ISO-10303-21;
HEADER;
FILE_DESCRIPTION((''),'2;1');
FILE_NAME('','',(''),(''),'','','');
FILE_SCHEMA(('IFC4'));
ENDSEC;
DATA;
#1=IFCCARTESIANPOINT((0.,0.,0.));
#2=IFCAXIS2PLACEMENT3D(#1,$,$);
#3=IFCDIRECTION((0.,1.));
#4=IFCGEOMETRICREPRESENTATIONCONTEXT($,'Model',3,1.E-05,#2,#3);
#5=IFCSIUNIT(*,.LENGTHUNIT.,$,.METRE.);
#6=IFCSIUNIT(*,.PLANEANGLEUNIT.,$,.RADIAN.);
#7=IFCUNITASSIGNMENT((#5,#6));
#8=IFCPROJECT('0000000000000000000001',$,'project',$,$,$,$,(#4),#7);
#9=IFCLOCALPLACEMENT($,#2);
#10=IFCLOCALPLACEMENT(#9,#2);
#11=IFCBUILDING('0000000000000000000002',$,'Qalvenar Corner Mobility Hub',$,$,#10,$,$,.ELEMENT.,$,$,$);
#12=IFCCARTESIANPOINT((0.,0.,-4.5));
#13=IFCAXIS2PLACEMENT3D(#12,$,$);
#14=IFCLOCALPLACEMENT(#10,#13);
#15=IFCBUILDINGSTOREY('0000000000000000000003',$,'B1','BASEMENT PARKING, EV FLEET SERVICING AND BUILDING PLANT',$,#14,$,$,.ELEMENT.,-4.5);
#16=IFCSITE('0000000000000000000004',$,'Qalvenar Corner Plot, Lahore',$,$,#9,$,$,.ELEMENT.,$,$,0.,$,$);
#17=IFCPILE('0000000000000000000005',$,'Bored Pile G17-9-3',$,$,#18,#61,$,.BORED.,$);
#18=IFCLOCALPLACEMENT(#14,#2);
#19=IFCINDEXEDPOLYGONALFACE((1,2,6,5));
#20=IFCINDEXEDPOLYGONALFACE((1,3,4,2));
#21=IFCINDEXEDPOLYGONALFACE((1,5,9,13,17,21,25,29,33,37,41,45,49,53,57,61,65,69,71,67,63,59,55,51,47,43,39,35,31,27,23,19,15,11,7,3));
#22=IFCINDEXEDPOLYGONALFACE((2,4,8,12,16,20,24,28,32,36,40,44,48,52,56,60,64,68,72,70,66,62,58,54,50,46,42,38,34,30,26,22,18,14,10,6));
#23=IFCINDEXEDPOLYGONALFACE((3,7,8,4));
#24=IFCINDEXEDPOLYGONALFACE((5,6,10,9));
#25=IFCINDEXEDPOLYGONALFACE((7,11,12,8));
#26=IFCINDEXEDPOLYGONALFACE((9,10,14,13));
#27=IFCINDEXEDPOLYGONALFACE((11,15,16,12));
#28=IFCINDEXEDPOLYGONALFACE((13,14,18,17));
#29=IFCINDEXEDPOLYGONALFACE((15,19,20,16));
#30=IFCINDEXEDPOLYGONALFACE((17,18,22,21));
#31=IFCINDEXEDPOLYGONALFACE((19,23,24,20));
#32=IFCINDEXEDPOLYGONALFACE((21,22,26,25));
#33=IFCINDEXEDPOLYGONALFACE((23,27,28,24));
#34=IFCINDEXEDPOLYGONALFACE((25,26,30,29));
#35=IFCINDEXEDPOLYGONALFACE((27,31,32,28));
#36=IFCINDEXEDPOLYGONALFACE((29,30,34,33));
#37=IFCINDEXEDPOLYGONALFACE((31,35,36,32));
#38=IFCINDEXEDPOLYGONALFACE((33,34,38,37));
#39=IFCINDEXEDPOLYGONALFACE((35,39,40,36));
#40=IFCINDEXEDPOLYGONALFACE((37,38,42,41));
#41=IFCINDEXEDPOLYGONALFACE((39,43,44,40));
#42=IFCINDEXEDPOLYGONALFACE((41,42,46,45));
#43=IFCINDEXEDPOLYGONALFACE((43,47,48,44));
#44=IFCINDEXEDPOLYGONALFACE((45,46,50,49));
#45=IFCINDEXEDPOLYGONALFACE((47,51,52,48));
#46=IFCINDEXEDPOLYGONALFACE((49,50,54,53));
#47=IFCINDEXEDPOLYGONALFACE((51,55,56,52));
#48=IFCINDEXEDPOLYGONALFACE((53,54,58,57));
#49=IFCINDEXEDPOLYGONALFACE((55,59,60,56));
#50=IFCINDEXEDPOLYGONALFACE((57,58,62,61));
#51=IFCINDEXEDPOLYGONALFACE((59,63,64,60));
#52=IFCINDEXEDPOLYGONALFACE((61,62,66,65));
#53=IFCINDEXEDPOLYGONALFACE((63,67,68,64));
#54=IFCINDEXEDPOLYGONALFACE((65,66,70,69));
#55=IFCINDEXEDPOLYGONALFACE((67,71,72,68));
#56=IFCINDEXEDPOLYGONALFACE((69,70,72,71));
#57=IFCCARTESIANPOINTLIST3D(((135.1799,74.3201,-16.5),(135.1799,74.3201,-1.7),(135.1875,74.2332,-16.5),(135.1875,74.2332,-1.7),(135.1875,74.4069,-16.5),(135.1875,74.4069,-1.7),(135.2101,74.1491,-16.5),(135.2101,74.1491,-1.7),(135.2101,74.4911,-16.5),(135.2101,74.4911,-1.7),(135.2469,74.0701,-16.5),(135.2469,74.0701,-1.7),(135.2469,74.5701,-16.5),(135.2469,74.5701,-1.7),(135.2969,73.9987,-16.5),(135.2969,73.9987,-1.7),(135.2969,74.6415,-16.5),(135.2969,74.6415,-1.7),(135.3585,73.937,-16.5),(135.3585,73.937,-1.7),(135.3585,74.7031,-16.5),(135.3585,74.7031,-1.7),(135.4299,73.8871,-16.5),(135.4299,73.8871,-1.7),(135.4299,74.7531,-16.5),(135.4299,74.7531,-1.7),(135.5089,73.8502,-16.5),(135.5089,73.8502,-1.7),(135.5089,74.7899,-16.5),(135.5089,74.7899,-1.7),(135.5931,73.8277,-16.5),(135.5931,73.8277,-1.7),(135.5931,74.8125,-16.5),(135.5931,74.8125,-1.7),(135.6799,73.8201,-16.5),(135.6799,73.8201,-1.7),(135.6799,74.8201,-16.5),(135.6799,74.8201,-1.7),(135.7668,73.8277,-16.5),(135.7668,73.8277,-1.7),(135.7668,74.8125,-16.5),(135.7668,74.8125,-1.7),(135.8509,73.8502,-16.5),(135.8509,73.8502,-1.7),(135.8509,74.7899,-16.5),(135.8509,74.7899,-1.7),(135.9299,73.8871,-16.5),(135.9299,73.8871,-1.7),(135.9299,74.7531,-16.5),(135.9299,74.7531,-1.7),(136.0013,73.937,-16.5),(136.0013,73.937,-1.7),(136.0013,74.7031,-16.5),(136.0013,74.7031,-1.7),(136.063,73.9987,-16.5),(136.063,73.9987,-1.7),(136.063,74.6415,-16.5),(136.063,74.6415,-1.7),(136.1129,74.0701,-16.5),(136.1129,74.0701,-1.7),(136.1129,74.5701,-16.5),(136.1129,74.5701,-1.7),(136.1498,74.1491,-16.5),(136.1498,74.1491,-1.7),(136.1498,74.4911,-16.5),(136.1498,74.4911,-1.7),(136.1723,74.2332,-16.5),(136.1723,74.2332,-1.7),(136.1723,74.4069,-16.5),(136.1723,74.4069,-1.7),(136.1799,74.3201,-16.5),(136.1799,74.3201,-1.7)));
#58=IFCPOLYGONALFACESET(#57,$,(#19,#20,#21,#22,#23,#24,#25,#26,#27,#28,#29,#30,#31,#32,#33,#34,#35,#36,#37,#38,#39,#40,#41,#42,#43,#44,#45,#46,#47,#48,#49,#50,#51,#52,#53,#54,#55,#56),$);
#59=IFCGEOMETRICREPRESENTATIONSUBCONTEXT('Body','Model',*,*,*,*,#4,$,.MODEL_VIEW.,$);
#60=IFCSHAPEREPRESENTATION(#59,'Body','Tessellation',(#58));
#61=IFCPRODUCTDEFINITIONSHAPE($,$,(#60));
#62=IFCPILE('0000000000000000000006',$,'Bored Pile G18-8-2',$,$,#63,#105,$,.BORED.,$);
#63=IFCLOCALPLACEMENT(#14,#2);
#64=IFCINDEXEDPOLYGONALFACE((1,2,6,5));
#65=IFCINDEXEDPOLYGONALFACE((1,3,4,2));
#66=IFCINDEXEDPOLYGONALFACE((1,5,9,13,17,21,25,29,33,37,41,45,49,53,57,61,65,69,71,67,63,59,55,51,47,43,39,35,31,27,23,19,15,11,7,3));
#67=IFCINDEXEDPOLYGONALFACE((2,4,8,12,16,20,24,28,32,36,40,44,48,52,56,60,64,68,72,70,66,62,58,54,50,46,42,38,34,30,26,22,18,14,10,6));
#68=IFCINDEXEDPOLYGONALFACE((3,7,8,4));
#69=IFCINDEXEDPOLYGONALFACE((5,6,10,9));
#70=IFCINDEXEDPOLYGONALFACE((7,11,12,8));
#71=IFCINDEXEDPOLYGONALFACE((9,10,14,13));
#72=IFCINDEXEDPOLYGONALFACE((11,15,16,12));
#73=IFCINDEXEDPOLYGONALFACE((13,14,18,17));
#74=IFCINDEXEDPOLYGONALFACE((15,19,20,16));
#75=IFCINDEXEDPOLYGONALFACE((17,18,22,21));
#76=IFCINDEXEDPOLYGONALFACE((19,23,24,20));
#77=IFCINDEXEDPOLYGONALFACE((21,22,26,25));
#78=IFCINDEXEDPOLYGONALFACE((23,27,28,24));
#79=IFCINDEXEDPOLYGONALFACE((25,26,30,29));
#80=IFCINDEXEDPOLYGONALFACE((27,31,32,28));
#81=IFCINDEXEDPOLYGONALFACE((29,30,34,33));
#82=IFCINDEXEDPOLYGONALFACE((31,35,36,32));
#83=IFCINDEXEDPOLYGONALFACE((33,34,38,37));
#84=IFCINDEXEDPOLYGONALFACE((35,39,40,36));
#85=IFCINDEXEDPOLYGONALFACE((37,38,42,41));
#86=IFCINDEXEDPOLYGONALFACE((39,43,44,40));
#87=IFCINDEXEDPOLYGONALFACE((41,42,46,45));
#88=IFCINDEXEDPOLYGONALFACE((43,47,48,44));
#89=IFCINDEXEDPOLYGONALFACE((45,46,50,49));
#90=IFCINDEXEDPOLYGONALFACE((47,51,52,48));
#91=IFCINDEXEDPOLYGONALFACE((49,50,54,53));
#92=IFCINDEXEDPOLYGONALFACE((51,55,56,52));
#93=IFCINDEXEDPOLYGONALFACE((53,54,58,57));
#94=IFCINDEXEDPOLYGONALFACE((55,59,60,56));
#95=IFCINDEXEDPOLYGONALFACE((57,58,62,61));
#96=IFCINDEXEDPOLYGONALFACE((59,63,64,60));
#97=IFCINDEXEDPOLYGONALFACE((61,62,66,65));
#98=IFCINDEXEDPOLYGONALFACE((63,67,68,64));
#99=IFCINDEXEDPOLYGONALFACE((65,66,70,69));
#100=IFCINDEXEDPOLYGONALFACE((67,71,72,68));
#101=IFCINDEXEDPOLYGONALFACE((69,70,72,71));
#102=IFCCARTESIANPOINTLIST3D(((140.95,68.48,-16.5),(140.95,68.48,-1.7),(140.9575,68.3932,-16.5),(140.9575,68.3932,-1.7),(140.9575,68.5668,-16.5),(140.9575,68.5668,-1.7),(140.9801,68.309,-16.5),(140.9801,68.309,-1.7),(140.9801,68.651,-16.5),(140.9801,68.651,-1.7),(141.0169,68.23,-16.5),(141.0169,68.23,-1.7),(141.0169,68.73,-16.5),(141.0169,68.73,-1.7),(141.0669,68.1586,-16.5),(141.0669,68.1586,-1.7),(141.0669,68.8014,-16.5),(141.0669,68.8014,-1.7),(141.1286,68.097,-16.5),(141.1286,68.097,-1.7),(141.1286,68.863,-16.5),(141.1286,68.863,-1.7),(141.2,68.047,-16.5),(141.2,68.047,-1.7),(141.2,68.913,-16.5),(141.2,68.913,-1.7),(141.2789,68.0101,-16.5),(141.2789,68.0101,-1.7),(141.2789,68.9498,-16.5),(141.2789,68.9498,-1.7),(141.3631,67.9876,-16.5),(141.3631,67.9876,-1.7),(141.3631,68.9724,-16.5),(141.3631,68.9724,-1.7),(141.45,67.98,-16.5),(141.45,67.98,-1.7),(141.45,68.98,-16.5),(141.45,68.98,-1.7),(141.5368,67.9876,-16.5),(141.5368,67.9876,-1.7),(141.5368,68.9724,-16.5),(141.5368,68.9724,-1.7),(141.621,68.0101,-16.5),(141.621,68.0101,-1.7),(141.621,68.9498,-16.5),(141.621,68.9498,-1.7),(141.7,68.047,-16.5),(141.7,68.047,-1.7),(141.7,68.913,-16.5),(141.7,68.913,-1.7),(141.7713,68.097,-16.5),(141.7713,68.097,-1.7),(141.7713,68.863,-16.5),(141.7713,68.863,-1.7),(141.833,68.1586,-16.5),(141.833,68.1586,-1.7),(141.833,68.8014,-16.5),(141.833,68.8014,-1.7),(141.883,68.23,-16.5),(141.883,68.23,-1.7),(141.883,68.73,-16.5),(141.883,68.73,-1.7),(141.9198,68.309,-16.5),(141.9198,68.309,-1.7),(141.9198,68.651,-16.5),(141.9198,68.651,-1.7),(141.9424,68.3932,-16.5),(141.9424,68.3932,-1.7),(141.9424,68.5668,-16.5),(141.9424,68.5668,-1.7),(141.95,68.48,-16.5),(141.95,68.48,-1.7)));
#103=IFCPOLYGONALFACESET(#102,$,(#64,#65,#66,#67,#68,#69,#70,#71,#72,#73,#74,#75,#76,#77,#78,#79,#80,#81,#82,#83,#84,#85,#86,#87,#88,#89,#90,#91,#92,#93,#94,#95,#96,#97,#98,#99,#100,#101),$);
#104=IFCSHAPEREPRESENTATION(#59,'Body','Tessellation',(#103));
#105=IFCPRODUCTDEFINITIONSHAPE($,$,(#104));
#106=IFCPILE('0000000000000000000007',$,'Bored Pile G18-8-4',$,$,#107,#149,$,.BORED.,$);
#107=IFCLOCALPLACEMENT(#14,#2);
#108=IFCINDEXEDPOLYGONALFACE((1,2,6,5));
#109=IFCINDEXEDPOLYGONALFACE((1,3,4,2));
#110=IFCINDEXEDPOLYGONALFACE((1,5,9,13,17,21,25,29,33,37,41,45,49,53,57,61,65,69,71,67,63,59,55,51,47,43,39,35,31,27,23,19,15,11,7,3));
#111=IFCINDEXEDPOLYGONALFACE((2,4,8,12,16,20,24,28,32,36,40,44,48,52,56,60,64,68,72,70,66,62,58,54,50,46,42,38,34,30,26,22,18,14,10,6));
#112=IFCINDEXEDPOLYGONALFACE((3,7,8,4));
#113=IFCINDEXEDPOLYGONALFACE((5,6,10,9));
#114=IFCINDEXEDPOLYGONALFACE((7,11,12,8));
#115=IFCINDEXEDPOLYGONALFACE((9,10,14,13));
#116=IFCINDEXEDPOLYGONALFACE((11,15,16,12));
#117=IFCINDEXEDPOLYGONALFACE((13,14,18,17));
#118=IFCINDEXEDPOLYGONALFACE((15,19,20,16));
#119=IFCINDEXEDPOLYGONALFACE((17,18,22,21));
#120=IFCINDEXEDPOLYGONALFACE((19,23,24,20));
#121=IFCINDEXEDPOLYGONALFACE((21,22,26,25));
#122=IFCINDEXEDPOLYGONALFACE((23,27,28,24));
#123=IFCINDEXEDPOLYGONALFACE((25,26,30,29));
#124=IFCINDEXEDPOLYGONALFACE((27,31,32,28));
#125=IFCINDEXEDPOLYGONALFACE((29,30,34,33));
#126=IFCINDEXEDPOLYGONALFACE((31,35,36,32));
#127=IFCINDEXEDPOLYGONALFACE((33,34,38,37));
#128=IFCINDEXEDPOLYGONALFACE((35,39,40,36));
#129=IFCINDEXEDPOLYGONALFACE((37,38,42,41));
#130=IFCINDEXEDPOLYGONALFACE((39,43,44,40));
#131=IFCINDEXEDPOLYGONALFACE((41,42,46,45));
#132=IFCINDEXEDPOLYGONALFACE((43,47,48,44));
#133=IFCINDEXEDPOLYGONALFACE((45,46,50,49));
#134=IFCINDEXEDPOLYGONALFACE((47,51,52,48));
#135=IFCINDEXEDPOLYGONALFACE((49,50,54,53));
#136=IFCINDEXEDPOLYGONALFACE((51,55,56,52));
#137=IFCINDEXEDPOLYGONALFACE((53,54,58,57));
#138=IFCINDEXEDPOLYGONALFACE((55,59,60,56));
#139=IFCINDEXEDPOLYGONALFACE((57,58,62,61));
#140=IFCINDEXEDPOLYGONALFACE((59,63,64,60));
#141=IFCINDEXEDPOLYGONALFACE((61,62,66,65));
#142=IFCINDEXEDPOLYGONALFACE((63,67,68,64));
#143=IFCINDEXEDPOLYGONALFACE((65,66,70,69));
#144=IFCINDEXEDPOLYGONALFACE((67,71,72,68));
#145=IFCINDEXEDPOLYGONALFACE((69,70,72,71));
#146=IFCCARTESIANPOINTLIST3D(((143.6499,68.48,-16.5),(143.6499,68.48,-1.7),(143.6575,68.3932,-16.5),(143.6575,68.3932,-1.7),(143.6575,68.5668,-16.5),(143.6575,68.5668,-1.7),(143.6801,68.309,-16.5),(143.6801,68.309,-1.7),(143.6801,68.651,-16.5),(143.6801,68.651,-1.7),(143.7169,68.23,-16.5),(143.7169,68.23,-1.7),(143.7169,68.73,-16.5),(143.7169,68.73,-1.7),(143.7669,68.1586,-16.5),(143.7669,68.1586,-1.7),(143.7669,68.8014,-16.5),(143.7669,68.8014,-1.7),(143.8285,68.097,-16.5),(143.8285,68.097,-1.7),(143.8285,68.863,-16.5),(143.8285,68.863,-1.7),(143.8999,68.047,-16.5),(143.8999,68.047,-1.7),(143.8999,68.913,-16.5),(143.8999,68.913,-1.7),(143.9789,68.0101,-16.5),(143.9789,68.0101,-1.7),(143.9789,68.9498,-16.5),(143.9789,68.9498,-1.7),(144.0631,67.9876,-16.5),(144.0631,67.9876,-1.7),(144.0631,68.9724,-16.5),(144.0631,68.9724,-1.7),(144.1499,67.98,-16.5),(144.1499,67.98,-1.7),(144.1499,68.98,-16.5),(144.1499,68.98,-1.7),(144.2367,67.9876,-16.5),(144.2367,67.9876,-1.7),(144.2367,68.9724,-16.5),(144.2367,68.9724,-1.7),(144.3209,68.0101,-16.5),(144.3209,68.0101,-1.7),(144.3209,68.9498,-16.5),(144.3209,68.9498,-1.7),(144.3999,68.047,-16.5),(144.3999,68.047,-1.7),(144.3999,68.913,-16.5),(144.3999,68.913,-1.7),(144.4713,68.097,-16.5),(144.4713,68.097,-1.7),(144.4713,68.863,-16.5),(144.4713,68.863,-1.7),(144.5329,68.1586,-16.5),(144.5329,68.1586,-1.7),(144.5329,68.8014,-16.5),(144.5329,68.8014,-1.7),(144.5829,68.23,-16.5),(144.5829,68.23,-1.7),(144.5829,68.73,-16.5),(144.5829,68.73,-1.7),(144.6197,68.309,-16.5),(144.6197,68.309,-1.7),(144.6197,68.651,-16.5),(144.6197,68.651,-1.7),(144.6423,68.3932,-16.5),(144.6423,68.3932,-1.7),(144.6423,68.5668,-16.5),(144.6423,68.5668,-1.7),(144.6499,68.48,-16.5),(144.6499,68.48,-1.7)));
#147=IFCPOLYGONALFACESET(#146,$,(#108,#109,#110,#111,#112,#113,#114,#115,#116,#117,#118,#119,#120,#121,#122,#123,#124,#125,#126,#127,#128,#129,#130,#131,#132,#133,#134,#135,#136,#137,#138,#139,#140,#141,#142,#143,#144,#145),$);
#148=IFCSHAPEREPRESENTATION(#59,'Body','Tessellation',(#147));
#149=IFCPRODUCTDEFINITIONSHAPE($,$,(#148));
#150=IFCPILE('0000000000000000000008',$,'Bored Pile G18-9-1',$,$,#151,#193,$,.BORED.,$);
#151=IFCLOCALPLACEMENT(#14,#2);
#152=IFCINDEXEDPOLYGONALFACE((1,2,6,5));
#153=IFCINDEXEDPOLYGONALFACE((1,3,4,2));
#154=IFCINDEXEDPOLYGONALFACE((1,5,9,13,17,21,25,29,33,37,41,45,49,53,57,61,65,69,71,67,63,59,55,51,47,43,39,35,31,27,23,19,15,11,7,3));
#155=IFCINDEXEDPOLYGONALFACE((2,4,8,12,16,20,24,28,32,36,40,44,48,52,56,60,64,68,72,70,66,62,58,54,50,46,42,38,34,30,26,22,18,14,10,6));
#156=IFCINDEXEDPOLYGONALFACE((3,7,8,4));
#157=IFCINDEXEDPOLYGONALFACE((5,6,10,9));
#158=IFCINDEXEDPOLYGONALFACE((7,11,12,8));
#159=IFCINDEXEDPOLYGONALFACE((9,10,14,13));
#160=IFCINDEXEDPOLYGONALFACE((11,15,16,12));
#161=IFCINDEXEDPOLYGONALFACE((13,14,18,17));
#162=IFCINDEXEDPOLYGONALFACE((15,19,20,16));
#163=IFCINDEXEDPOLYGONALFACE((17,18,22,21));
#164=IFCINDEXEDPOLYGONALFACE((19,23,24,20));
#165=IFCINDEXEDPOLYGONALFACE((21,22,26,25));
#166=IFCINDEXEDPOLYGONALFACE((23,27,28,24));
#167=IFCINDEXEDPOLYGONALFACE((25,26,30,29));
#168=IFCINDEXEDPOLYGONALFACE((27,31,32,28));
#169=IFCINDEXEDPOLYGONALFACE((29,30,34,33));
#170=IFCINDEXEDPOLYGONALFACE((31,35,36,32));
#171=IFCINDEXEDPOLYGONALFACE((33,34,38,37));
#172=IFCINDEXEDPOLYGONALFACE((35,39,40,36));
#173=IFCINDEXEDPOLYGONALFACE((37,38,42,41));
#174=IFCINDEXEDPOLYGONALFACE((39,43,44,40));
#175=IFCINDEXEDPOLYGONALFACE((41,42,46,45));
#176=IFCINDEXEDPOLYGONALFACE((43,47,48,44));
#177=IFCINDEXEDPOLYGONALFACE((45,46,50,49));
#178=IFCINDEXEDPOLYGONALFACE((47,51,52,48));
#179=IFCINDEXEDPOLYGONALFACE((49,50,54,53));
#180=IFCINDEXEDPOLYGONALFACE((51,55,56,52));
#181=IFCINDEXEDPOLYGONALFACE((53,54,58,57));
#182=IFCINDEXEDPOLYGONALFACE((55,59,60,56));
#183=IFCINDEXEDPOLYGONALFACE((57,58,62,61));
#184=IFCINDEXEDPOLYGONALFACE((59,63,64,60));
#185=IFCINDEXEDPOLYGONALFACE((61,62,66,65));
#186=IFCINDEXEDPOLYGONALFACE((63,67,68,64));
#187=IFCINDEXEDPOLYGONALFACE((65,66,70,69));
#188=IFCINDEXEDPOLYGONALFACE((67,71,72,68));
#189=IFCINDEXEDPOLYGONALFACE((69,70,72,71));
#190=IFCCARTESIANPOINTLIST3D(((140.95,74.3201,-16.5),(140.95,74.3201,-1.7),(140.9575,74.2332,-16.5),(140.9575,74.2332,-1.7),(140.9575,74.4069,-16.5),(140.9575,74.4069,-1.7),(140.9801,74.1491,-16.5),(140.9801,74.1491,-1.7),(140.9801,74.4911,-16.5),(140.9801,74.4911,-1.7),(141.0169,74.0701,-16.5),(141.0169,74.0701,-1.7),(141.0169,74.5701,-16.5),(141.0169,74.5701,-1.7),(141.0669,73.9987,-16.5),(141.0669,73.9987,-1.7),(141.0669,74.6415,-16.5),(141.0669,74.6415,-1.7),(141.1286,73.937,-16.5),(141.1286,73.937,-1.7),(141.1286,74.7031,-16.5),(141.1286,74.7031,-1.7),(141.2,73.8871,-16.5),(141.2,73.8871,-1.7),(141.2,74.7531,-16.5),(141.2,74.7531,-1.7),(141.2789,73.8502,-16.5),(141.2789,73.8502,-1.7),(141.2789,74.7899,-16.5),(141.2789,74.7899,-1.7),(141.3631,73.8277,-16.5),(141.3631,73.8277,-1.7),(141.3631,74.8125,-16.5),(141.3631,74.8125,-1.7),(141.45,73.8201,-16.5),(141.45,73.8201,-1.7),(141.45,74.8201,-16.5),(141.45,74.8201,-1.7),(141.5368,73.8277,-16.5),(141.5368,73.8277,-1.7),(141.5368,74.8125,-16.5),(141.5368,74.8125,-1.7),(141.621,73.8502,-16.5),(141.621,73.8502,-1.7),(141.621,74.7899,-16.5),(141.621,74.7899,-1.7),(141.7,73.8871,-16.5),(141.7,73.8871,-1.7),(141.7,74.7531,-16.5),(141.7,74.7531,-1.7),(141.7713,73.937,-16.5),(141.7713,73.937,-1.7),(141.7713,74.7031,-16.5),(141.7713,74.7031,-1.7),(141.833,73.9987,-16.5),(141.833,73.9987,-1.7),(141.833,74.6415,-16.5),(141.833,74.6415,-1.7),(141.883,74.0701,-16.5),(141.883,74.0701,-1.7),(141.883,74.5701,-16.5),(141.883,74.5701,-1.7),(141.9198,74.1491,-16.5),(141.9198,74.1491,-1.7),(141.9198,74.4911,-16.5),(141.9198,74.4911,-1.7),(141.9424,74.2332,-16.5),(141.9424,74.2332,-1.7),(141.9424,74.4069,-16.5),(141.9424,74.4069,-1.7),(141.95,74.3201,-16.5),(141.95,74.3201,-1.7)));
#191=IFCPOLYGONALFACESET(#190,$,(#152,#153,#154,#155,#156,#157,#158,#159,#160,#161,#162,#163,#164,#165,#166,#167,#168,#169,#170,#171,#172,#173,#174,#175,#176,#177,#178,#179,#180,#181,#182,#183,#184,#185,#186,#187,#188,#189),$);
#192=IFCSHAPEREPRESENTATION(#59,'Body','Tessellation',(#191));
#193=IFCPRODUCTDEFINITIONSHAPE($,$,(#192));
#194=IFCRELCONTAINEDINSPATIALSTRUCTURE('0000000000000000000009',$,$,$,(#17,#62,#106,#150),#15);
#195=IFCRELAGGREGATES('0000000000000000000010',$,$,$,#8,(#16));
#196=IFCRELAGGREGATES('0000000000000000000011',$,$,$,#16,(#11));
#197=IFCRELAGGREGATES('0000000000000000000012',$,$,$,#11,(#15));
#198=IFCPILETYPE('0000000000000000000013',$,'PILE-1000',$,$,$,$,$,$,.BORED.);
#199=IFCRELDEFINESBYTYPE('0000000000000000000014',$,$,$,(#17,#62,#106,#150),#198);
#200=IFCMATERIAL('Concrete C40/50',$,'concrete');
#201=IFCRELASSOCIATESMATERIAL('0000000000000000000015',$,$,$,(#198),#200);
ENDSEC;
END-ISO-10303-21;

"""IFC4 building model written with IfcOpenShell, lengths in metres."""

from ifc_helpers import new_model, si_unit, direction, frame, origin, origin_2d, place, context, subcontext, project, spatial, circle, extrude, material, material_profile, profile_set, type_object, element, save


model = new_model("IFC4")

# Units and contexts
model_context = context("Model", 3, precision=1e-05, world=origin(), true_north=direction((0.0, 1.0)))
body_context = subcontext(model_context, "Body", "Model", "MODEL_VIEW")
ifc_project = project(units=[si_unit("LENGTHUNIT", "METRE"), si_unit("PLANEANGLEUNIT", "RADIAN")], contexts=[model_context])

# Site, building, storey
site_placement = place(None, origin())
site = spatial("IfcSite", under=ifc_project, at=site_placement, Name="Qalvenar Corner Plot, Lahore", CompositionType="ELEMENT", RefElevation=0.0)
building_placement = place(site_placement, origin())
building = spatial("IfcBuilding", under=site, at=building_placement, Name="Qalvenar Corner Mobility Hub", CompositionType="ELEMENT")
storey_placement = place(building_placement, frame((0.0, 0.0, -4.5)))
storey = spatial("IfcBuildingStorey", under=building, at=storey_placement, Name="B1", Description="BASEMENT PARKING, EV FLEET SERVICING AND BUILDING PLANT", CompositionType="ELEMENT", Elevation=-4.5)

# Shared definitions
ifc_material_1 = material(Name="Concrete C40/50", Category="concrete")

# Piles
ifc_material_profile_1 = material_profile(ifc_material_1, circle(Radius=0.5, at=origin_2d()), Name="DIA1000")
ifc_profile_set_1 = profile_set([ifc_material_profile_1], Name="Concrete C40/50")
pile_type = type_object("IfcPileType", Name="PILE-1000", PredefinedType="BORED", material=ifc_profile_set_1)
for number, where, z_axis, x_axis, name in (
    (1, (135.6799, 74.3201, -1.7), (0.0, 0.0, -1.0), (1.0, 0.0, 0.0), "Bored Pile G17-9-3"),
    (2, (141.45, 68.48, -1.7), (0.0, 0.0, -1.0), (1.0, 0.0, 0.0), "Bored Pile G18-8-2"),
    (3, (144.1499, 68.48, -1.7), (0.0, 0.0, -1.0), (1.0, 0.0, 0.0), "Bored Pile G18-8-4"),
    (4, (141.45, 74.3201, -1.7), (0.0, 0.0, -1.0), (1.0, 0.0, 0.0), "Bored Pile G18-9-1"),
):
    element("IfcPile", number, at=place(storey_placement, frame(where, z_axis=z_axis, x_axis=x_axis)), inside=storey, type_object=pile_type, Name=name, PredefinedType="BORED", context=body_context, shape_type="SweptSolid", body=[
        extrude(circle(Radius=0.5, at=origin_2d()), origin(), (0.0, 0.0, 1.0), 14.8),
    ])

save(model, "model.ifc")
